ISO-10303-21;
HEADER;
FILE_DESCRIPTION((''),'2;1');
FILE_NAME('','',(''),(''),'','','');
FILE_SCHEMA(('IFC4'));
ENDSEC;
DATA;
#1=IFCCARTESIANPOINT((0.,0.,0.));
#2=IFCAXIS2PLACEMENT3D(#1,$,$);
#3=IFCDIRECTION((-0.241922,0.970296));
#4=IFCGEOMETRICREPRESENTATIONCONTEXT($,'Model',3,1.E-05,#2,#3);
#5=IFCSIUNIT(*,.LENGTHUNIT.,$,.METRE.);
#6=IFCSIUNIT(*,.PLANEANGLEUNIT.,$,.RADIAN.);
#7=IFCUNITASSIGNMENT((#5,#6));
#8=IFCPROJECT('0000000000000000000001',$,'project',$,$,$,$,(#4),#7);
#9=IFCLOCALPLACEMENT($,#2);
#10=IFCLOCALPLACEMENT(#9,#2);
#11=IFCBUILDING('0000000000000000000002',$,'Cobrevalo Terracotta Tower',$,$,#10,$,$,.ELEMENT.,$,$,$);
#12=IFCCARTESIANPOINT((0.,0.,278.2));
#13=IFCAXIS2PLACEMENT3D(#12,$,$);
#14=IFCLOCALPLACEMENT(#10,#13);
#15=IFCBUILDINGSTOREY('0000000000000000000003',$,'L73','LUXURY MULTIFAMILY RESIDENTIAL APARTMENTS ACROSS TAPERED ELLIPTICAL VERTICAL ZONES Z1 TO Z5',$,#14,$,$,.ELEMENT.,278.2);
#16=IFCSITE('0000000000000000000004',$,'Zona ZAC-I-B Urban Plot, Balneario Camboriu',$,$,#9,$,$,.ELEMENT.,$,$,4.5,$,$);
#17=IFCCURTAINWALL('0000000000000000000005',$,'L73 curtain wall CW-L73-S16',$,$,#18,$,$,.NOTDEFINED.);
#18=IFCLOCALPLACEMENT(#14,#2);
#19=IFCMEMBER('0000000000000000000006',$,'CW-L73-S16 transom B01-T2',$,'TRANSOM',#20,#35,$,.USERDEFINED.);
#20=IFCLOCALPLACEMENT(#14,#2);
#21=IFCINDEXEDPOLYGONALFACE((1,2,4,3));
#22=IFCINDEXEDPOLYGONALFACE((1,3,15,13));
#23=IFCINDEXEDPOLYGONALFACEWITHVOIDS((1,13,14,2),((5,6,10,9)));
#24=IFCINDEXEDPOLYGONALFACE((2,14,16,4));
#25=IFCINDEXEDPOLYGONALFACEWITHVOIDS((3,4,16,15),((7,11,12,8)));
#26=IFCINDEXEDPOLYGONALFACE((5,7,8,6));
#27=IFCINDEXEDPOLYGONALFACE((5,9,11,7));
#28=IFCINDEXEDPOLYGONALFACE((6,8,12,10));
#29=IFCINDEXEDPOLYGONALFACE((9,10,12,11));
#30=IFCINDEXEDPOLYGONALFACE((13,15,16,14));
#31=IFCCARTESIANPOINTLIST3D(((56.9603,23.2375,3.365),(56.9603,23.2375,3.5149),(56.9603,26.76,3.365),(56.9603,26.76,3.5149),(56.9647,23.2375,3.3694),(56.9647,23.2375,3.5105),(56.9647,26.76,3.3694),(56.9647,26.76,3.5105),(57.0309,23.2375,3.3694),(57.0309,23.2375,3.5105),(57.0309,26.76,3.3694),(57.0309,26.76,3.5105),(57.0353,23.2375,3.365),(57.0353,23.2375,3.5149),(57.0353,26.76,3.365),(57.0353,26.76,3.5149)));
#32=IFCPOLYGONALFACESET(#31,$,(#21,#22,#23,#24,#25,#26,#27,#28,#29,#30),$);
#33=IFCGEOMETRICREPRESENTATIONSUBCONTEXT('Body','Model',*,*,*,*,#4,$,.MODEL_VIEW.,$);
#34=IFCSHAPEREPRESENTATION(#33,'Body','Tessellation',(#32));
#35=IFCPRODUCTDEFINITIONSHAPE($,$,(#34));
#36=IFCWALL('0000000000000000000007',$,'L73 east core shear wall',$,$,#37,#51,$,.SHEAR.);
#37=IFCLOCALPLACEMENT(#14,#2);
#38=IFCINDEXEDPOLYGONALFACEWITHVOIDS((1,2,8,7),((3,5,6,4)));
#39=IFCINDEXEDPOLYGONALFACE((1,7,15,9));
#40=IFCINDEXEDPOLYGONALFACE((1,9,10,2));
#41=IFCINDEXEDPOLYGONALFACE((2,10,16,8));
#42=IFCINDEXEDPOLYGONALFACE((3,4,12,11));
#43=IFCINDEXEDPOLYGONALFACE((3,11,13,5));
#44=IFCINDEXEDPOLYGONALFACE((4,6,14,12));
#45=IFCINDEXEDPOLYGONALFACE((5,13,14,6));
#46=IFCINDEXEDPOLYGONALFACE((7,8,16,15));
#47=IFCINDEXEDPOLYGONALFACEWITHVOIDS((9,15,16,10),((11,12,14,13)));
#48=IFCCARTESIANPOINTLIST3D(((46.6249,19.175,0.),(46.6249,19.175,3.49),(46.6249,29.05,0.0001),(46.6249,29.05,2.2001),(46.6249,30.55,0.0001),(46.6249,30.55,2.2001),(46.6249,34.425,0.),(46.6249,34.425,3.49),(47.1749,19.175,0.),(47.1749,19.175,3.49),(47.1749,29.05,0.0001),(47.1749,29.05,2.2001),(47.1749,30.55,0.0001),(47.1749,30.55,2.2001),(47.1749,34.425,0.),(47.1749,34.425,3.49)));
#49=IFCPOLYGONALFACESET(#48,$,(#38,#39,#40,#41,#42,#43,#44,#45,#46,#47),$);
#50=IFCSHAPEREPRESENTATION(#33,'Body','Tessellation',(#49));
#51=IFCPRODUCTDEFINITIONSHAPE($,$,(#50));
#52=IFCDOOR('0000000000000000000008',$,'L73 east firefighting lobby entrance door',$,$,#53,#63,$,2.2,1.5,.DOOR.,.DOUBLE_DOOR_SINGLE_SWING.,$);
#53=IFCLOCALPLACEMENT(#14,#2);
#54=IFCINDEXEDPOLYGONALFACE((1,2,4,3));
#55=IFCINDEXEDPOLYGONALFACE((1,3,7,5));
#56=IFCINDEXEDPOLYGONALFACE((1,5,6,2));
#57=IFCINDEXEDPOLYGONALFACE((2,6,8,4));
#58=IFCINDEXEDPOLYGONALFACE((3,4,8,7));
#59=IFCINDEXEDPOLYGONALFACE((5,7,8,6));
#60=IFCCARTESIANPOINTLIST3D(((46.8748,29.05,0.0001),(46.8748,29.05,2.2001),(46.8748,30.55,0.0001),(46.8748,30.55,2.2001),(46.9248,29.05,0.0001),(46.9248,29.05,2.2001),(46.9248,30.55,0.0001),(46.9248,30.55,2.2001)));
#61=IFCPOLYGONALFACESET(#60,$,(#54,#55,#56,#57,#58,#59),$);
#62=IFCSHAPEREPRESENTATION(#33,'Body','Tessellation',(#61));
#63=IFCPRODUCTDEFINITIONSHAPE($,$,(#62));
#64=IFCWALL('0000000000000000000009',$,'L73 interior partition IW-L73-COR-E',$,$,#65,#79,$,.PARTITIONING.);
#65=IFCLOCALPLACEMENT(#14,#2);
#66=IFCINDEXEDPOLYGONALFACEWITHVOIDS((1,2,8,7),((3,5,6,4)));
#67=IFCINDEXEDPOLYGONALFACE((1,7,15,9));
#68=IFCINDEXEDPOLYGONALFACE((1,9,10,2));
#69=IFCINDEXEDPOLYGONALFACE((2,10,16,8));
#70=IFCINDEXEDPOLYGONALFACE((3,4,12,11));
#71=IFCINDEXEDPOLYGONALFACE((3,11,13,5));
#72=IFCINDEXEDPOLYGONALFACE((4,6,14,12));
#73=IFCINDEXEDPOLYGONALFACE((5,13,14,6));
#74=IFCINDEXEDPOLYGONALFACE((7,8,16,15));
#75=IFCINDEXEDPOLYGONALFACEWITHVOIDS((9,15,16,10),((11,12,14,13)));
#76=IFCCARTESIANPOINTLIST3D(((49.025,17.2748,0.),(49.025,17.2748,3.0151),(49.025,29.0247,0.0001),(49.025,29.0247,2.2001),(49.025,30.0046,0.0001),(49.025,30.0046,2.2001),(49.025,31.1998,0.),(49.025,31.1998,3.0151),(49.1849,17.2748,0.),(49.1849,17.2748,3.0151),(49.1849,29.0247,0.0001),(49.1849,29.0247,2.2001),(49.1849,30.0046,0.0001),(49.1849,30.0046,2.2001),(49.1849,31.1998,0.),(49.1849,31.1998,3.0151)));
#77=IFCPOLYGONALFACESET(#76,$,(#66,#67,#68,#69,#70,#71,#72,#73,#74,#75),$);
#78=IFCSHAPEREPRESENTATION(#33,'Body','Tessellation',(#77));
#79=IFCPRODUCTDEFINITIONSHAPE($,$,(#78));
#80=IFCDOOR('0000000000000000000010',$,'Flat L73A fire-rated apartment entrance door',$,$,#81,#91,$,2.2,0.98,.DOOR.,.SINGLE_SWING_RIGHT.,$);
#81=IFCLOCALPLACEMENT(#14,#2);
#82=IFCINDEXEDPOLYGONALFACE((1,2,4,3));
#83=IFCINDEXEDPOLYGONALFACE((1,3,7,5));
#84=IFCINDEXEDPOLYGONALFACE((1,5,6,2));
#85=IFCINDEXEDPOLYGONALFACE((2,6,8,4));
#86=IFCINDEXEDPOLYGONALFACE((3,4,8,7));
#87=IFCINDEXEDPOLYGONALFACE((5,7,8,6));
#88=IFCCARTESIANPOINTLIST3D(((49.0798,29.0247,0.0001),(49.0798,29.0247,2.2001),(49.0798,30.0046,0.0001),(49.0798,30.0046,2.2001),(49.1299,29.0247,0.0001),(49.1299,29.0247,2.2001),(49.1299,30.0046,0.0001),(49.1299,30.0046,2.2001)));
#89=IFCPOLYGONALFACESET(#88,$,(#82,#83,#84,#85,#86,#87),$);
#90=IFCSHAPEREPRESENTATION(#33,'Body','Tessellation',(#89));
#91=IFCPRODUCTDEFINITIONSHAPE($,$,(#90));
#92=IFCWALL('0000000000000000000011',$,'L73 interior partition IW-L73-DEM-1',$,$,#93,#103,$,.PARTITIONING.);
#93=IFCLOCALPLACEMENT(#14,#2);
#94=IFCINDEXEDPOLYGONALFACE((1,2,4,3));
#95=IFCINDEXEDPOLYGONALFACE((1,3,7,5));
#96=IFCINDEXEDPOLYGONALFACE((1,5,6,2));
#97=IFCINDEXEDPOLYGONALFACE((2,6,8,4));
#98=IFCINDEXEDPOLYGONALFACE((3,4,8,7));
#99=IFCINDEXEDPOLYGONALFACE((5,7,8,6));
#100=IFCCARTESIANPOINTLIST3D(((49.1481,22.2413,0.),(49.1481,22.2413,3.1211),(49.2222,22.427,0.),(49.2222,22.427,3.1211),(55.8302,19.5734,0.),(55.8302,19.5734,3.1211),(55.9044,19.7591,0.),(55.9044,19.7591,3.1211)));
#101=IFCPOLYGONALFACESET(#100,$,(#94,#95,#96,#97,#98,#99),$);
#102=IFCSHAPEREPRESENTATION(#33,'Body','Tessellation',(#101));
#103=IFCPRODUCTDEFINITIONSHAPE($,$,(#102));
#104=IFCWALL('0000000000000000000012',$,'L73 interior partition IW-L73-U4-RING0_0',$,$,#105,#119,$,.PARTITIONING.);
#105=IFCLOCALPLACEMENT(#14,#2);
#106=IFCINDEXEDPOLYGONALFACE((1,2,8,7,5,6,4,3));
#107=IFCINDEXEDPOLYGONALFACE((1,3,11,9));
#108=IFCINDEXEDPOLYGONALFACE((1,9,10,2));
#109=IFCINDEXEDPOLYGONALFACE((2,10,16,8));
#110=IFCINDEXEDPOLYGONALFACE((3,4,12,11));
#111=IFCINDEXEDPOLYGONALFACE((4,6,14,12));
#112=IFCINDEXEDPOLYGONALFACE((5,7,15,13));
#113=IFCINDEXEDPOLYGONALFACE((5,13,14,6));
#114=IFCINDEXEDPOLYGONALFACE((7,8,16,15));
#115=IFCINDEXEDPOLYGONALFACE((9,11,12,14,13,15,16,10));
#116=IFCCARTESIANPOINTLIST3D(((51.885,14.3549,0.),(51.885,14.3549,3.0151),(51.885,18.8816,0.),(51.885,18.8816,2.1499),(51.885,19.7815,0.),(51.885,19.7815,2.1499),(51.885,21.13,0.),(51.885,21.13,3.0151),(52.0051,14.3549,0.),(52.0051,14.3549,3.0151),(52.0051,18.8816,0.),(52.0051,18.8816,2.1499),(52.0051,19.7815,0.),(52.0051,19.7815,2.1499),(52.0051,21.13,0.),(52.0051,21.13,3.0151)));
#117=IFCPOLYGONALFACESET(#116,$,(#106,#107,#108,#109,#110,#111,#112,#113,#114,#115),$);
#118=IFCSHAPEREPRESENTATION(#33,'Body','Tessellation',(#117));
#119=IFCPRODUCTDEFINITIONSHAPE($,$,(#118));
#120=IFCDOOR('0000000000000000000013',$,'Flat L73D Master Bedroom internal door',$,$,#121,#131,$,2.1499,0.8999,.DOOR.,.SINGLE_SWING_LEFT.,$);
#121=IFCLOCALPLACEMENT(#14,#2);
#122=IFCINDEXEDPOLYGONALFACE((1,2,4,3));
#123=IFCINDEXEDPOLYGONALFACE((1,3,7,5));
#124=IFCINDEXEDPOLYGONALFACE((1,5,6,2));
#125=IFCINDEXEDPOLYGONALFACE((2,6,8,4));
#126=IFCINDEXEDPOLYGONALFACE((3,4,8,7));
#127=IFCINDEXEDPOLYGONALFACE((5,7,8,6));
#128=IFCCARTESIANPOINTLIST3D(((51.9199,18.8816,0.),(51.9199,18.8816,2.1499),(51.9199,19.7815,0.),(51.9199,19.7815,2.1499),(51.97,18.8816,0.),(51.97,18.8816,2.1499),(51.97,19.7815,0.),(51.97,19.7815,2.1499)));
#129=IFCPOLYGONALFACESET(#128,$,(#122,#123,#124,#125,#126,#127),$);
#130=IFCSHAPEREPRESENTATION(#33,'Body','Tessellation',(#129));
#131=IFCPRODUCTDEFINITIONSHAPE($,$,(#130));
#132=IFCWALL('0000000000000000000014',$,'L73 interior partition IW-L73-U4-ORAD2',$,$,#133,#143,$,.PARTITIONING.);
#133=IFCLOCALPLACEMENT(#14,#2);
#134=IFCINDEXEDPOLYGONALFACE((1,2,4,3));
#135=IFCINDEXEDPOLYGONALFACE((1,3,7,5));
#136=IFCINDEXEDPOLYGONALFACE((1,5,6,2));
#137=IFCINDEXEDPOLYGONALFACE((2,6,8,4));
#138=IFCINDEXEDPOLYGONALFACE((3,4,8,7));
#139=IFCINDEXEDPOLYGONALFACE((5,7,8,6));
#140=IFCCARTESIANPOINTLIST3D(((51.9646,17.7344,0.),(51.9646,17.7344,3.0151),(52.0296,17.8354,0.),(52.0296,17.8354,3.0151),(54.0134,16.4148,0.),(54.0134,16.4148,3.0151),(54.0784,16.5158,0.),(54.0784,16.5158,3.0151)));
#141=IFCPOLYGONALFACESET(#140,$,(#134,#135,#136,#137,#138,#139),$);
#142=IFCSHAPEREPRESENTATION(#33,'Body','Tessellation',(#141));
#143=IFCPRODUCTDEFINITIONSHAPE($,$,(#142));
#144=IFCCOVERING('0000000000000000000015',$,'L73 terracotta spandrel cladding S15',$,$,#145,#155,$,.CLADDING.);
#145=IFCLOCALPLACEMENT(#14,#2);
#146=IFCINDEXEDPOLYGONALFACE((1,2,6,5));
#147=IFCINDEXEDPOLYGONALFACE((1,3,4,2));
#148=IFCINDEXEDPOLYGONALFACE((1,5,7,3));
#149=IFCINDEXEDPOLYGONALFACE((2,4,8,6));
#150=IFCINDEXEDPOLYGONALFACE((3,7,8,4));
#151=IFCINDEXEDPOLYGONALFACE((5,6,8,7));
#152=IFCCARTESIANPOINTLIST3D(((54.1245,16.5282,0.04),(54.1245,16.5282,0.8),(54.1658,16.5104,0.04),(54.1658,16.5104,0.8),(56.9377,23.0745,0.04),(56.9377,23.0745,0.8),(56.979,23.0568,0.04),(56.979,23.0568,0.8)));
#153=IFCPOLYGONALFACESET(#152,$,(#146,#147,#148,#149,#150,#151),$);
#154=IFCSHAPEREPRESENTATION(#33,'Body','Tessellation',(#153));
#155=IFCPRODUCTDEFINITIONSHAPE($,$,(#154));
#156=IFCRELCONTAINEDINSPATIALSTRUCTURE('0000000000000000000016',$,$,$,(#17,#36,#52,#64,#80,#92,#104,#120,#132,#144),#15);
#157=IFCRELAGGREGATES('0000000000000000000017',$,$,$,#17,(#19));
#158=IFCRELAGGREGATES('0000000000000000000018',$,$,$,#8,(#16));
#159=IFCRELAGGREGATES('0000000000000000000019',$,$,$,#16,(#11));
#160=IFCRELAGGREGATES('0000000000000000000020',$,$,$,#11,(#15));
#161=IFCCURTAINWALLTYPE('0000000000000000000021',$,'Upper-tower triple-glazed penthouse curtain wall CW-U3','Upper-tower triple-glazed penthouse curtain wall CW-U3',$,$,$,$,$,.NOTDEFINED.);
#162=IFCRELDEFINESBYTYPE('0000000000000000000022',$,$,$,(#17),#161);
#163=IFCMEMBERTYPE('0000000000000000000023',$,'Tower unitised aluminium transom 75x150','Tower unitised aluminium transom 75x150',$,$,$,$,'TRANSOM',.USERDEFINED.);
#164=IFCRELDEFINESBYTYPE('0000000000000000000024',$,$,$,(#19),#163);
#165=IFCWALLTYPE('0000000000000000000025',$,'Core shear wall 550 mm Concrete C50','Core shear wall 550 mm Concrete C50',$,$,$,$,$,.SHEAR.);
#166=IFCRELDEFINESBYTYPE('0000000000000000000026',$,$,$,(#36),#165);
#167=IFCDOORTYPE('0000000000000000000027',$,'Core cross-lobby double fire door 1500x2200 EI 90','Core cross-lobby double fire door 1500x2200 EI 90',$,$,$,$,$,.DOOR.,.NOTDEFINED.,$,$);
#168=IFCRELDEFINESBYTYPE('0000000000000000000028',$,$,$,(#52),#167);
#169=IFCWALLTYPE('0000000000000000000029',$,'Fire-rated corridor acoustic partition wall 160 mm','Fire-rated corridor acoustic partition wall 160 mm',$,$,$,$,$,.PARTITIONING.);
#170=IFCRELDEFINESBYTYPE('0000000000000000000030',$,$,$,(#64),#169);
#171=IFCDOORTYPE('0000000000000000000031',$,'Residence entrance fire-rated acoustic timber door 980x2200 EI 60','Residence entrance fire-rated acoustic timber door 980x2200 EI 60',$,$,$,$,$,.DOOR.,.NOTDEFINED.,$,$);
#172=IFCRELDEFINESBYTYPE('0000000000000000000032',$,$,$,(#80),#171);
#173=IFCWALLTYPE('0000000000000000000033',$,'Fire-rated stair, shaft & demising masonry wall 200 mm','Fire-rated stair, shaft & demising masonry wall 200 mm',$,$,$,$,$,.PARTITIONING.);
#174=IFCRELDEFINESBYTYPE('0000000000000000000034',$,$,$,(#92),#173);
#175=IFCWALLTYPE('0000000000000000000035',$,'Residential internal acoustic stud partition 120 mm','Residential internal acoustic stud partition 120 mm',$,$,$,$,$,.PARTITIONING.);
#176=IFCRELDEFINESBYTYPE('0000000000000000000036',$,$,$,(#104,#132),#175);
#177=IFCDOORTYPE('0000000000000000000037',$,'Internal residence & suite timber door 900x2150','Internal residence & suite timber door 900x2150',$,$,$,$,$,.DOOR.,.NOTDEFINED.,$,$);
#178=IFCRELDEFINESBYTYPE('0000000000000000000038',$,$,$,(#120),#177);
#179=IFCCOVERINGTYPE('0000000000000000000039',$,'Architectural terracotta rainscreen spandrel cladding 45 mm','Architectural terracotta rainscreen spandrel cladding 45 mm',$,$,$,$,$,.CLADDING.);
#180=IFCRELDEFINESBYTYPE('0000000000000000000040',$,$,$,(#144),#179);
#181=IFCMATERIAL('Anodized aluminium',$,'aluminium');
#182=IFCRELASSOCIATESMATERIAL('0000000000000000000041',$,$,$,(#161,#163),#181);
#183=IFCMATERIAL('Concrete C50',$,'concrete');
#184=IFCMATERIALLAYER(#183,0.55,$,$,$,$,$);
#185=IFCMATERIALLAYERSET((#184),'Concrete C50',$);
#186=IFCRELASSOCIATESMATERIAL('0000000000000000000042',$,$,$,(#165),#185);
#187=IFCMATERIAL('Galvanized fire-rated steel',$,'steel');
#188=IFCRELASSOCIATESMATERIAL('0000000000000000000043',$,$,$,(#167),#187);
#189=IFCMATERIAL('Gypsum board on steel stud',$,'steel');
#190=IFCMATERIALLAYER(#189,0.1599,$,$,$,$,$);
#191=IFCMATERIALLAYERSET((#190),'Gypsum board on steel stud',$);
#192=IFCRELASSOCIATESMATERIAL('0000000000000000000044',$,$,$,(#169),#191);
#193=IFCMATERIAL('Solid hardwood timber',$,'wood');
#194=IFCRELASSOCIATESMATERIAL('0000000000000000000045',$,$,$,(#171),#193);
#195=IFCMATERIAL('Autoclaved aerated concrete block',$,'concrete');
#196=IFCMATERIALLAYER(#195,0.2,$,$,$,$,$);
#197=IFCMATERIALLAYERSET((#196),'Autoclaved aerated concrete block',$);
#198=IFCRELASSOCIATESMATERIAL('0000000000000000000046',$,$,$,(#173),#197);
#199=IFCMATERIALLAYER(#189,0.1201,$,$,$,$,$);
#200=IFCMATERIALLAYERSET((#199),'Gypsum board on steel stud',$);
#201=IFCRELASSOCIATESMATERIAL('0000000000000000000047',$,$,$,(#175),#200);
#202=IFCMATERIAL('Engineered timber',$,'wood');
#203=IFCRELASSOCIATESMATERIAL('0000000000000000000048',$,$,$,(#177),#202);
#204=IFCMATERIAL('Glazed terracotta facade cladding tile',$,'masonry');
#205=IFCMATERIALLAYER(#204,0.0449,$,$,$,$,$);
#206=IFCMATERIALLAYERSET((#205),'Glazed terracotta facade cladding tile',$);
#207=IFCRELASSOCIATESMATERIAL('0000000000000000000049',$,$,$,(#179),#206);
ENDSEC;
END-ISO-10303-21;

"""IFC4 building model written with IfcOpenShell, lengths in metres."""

from ifc_helpers import new_model, si_unit, direction, frame, frame_2d, origin, origin_2d, place, context, subcontext, project, spatial, rectangle, hollow_rectangle, extrude, source, transform, mapped, material, layer, layer_set, material_profile, profile_set, type_object, element, fill, aggregate, save


model = new_model("IFC4")

# Units and contexts
model_context = context("Model", 3, precision=1e-05, world=origin(), true_north=direction((-0.241922, 0.970296)))
body_context = subcontext(model_context, "Body", "Model", "MODEL_VIEW")
ifc_project = project(units=[si_unit("LENGTHUNIT", "METRE"), si_unit("PLANEANGLEUNIT", "RADIAN")], contexts=[model_context])

# Site, building, storey
site_placement = place(None, origin())
site = spatial("IfcSite", under=ifc_project, at=site_placement, Name="Zona ZAC-I-B Urban Plot, Balneario Camboriu", CompositionType="ELEMENT", RefElevation=4.5)
building_placement = place(site_placement, origin())
building = spatial("IfcBuilding", under=site, at=building_placement, Name="Cobrevalo Terracotta Tower", CompositionType="ELEMENT")
storey_placement = place(building_placement, frame((0.0, 0.0, 278.2)))
storey = spatial("IfcBuildingStorey", under=building, at=storey_placement, Name="L73", Description="LUXURY MULTIFAMILY RESIDENTIAL APARTMENTS ACROSS TAPERED ELLIPTICAL VERTICAL ZONES Z1 TO Z5", CompositionType="ELEMENT", Elevation=278.2)

# Shared definitions
ifc_material_1 = material(Name="Concrete C50", Category="concrete")

# Curtain wall, member
ifc_material_2 = material(Name="Anodized aluminium", Category="aluminium")
curtain_wall_type = type_object("IfcCurtainWallType", Name="Upper-tower triple-glazed penthouse curtain wall CW-U3", Description="Upper-tower triple-glazed penthouse curtain wall CW-U3", PredefinedType="NOTDEFINED", material=ifc_material_2)
curtain_wall_placement = place(storey_placement, origin())
curtain_wall = element("IfcCurtainWall", 1, at=curtain_wall_placement, inside=storey, type_object=curtain_wall_type, Name="L73 curtain wall CW-L73-S16", PredefinedType="NOTDEFINED")
ifc_material_profile_1 = material_profile(ifc_material_2, hollow_rectangle(XDim=0.075, YDim=0.1499, WallThickness=0.0044, at=origin_2d()), Name="CWT 75x150")
ifc_profile_set_1 = profile_set([ifc_material_profile_1], Name="Anodized aluminium")
member_type_1 = type_object("IfcMemberType", Name="Tower unitised aluminium transom 75x150", Description="Tower unitised aluminium transom 75x150", ElementType="TRANSOM", PredefinedType="USERDEFINED", material=ifc_profile_set_1)
shared_shape_1 = source(origin(), body_context, "Body", "SweptSolid", [
    extrude(hollow_rectangle(XDim=0.075, YDim=0.1499, WallThickness=0.0044, at=origin_2d()), origin(), (0.0, 0.0, 1.0), 3.5225),
])
member_1_placement = place(storey_placement, frame((56.9978, 23.2375, 3.4399), z_axis=(0.0, 1.0, 0.0), x_axis=(-1.0, 0.0, 0.0)))
member_1 = element("IfcMember", 2, at=member_1_placement, type_object=member_type_1, Name="CW-L73-S16 transom B01-T2", ObjectType="TRANSOM", PredefinedType="USERDEFINED", context=body_context, shape_type="MappedRepresentation", body=[
    mapped(shared_shape_1, transform((0.0, 0.0, 0.0), scale=1.0)),
])
aggregate(curtain_wall, [member_1])

# Walls, openings, doors
ifc_layer_1 = layer(ifc_material_1, 0.55)
ifc_layer_set_1 = layer_set([ifc_layer_1], Name="Concrete C50")
wall_type_1 = type_object("IfcWallType", Name="Core shear wall 550 mm Concrete C50", Description="Core shear wall 550 mm Concrete C50", PredefinedType="SHEAR", material=ifc_layer_set_1)
wall_1_placement = place(storey_placement, frame((46.8999, 19.175, 0.0), z_axis=(0.0, 0.0, 1.0), x_axis=(0.0, 1.0, 0.0)))
wall_1 = element("IfcWall", 3, at=wall_1_placement, inside=storey, type_object=wall_type_1, Name="L73 east core shear wall", PredefinedType="SHEAR", context=body_context, shape_type="SweptSolid", body=[
    extrude(rectangle(XDim=15.25, YDim=0.55, at=frame_2d((7.625, 0.0))), origin(), (0.0, 0.0, 1.0), 3.49),
])
opening_1_placement = place(wall_1_placement, frame((9.875, 0.0, 0.0)))
opening_1 = element("IfcOpeningElement", 4, at=opening_1_placement, cuts=wall_1, PredefinedType="OPENING", context=body_context, shape_type="SweptSolid", body=[
    extrude(rectangle(XDim=1.5, YDim=2.2, at=frame_2d((0.75, 1.1001))), frame((0.0, 0.2852, 0.0), z_axis=(0.0, -1.0, 0.0), x_axis=(1.0, 0.0, 0.0)), (0.0, 0.0, 1.0), 0.5701),
])
ifc_material_3 = material(Name="Galvanized fire-rated steel", Category="steel")
door_type_1 = type_object("IfcDoorType", Name="Core cross-lobby double fire door 1500x2200 EI 90", Description="Core cross-lobby double fire door 1500x2200 EI 90", OperationType="NOTDEFINED", PredefinedType="DOOR", material=ifc_material_3)
shared_shape_2 = source(origin(), body_context, "Body", "SweptSolid", [
    extrude(rectangle(XDim=1.5, YDim=2.2, at=frame_2d((0.75, 1.1001))), frame((0.0, 0.0249, 0.0), z_axis=(0.0, -1.0, 0.0), x_axis=(1.0, 0.0, 0.0)), (0.0, 0.0, 1.0), 0.05),
])
door_1_placement = place(opening_1_placement, frame((1.5, 0.0, 0.0), z_axis=(0.0, 0.0, 1.0), x_axis=(-1.0, 0.0, 0.0)))
door_1 = element("IfcDoor", 5, at=door_1_placement, inside=storey, type_object=door_type_1, Name="L73 east firefighting lobby entrance door", OperationType="DOUBLE_DOOR_SINGLE_SWING", OverallHeight=2.2, OverallWidth=1.5, PredefinedType="DOOR", context=body_context, shape_type="MappedRepresentation", body=[
    mapped(shared_shape_2, transform((0.0, 0.0, 0.0), scale=1.0)),
])
fill(opening_1, door_1)
ifc_material_4 = material(Name="Gypsum board on steel stud", Category="steel")
ifc_layer_2 = layer(ifc_material_4, 0.1599)
ifc_layer_set_2 = layer_set([ifc_layer_2], Name="Gypsum board on steel stud")
wall_type_2 = type_object("IfcWallType", Name="Fire-rated corridor acoustic partition wall 160 mm", Description="Fire-rated corridor acoustic partition wall 160 mm", PredefinedType="PARTITIONING", material=ifc_layer_set_2)
wall_2_placement = place(storey_placement, frame((49.105, 17.2749, 0.0), z_axis=(0.0, 0.0, 1.0), x_axis=(0.0, 1.0, 0.0)))
wall_2 = element("IfcWall", 6, at=wall_2_placement, inside=storey, type_object=wall_type_2, Name="L73 interior partition IW-L73-COR-E", PredefinedType="PARTITIONING", context=body_context, shape_type="SweptSolid", body=[
    extrude(rectangle(XDim=13.925, YDim=0.1599, at=frame_2d((6.9624, 0.0))), origin(), (0.0, 0.0, 1.0), 3.0151),
])
opening_2_placement = place(wall_2_placement, frame((11.7498, 0.0, 0.0)))
opening_2 = element("IfcOpeningElement", 7, at=opening_2_placement, cuts=wall_2, PredefinedType="OPENING", context=body_context, shape_type="SweptSolid", body=[
    extrude(rectangle(XDim=0.98, YDim=2.2, at=frame_2d((0.49, 1.1001))), frame((0.0, 0.0898, 0.0), z_axis=(0.0, -1.0, 0.0), x_axis=(1.0, 0.0, 0.0)), (0.0, 0.0, 1.0), 0.1799),
])
ifc_material_5 = material(Name="Solid hardwood timber", Category="wood")
door_type_2 = type_object("IfcDoorType", Name="Residence entrance fire-rated acoustic timber door 980x2200 EI 60", Description="Residence entrance fire-rated acoustic timber door 980x2200 EI 60", OperationType="NOTDEFINED", PredefinedType="DOOR", material=ifc_material_5)
shared_shape_3 = source(origin(), body_context, "Body", "SweptSolid", [
    extrude(rectangle(XDim=0.98, YDim=2.2, at=frame_2d((0.49, 1.1001))), frame((0.0, 0.0249, 0.0), z_axis=(0.0, -1.0, 0.0), x_axis=(1.0, 0.0, 0.0)), (0.0, 0.0, 1.0), 0.05),
])
door_2_placement = place(opening_2_placement, frame((0.98, 0.0, 0.0), z_axis=(0.0, 0.0, 1.0), x_axis=(-1.0, 0.0, 0.0)))
door_2 = element("IfcDoor", 8, at=door_2_placement, inside=storey, type_object=door_type_2, Name="Flat L73A fire-rated apartment entrance door", OperationType="SINGLE_SWING_RIGHT", OverallHeight=2.2, OverallWidth=0.98, PredefinedType="DOOR", context=body_context, shape_type="MappedRepresentation", body=[
    mapped(shared_shape_3, transform((0.0, 0.0, 0.0), scale=1.0)),
])
fill(opening_2, door_2)

# Wall
ifc_material_6 = material(Name="Autoclaved aerated concrete block", Category="concrete")
ifc_layer_3 = layer(ifc_material_6, 0.2)
ifc_layer_set_3 = layer_set([ifc_layer_3], Name="Autoclaved aerated concrete block")
wall_type_3 = type_object("IfcWallType", Name="Fire-rated stair, shaft & demising masonry wall 200 mm", Description="Fire-rated stair, shaft & demising masonry wall 200 mm", PredefinedType="PARTITIONING", material=ifc_layer_set_3)
wall_3_placement = place(storey_placement, frame((49.1851, 22.3342, 0.0), z_axis=(0.0, 0.0, 1.0), x_axis=(0.928711, -0.370806, 0.0)))
element("IfcWall", 9, at=wall_3_placement, inside=storey, type_object=wall_type_3, Name="L73 interior partition IW-L73-DEM-1", PredefinedType="PARTITIONING", context=body_context, shape_type="SweptSolid", body=[
    extrude(rectangle(XDim=7.1951, YDim=0.2, at=frame_2d((3.5977, 0.0))), origin(), (0.0, 0.0, 1.0), 3.1211),
])

# Wall, opening, door
ifc_layer_4 = layer(ifc_material_4, 0.1201)
ifc_layer_set_4 = layer_set([ifc_layer_4], Name="Gypsum board on steel stud")
wall_type_4 = type_object("IfcWallType", Name="Residential internal acoustic stud partition 120 mm", Description="Residential internal acoustic stud partition 120 mm", PredefinedType="PARTITIONING", material=ifc_layer_set_4)
wall_4_placement = place(storey_placement, frame((51.9451, 21.1301, 0.0), z_axis=(0.0, 0.0, 1.0), x_axis=(0.0, -1.0, 0.0)))
wall_4 = element("IfcWall", 10, at=wall_4_placement, inside=storey, type_object=wall_type_4, Name="L73 interior partition IW-L73-U4-RING0_0", PredefinedType="PARTITIONING", context=body_context, shape_type="SweptSolid", body=[
    extrude(rectangle(XDim=6.7751, YDim=0.1201, at=frame_2d((3.3877, 0.0))), origin(), (0.0, 0.0, 1.0), 3.0151),
])
opening_3_placement = place(wall_4_placement, frame((1.3486, 0.0, 0.0)))
opening_3 = element("IfcOpeningElement", 11, at=opening_3_placement, cuts=wall_4, PredefinedType="OPENING", context=body_context, shape_type="SweptSolid", body=[
    extrude(rectangle(XDim=0.8999, YDim=2.1499, at=frame_2d((0.45, 1.075))), frame((0.0, 0.0701, 0.0), z_axis=(0.0, -1.0, 0.0), x_axis=(1.0, 0.0, 0.0)), (0.0, 0.0, 1.0), 0.1401),
])
ifc_material_7 = material(Name="Engineered timber", Category="wood")
door_type_3 = type_object("IfcDoorType", Name="Internal residence & suite timber door 900x2150", Description="Internal residence & suite timber door 900x2150", OperationType="NOTDEFINED", PredefinedType="DOOR", material=ifc_material_7)
shared_shape_4 = source(origin(), body_context, "Body", "SweptSolid", [
    extrude(rectangle(XDim=0.8999, YDim=2.1499, at=frame_2d((0.45, 1.075))), frame((0.0, 0.0249, 0.0), z_axis=(0.0, -1.0, 0.0), x_axis=(1.0, 0.0, 0.0)), (0.0, 0.0, 1.0), 0.05),
])
door_3_placement = place(opening_3_placement, origin())
door_3 = element("IfcDoor", 12, at=door_3_placement, inside=storey, type_object=door_type_3, Name="Flat L73D Master Bedroom internal door", OperationType="SINGLE_SWING_LEFT", OverallHeight=2.1499, OverallWidth=0.8999, PredefinedType="DOOR", context=body_context, shape_type="MappedRepresentation", body=[
    mapped(shared_shape_4, transform((0.0, 0.0, 0.0), scale=1.0)),
])
fill(opening_3, door_3)

# Wall
wall_5_placement = place(storey_placement, frame((51.9971, 17.7849, 0.0), z_axis=(0.0, 0.0, 1.0), x_axis=(0.840716, -0.541476, 0.0)))
element("IfcWall", 13, at=wall_5_placement, inside=storey, type_object=wall_type_4, Name="L73 interior partition IW-L73-U4-ORAD2", PredefinedType="PARTITIONING", context=body_context, shape_type="SweptSolid", body=[
    extrude(rectangle(XDim=2.437, YDim=0.1201, at=frame_2d((1.2185, 0.0))), origin(), (0.0, 0.0, 1.0), 3.0151),
])

# Covering
ifc_material_8 = material(Name="Glazed terracotta facade cladding tile", Category="masonry")
ifc_layer_5 = layer(ifc_material_8, 0.0449)
ifc_layer_set_5 = layer_set([ifc_layer_5], Name="Glazed terracotta facade cladding tile")
covering_type = type_object("IfcCoveringType", Name="Architectural terracotta rainscreen spandrel cladding 45 mm", Description="Architectural terracotta rainscreen spandrel cladding 45 mm", PredefinedType="CLADDING", material=ifc_layer_set_5)
shared_shape_5 = source(origin(), body_context, "Body", "SweptSolid", [
    extrude(rectangle(XDim=7.1252, YDim=0.0449, at=origin_2d()), origin(), (0.0, 0.0, 1.0), 0.76),
])
covering_placement = place(storey_placement, frame((55.5518, 19.7925, 0.04), z_axis=(0.0, 0.0, 1.0), x_axis=(0.394829, 0.918755, 0.0)))
element("IfcCovering", 14, at=covering_placement, inside=storey, type_object=covering_type, Name="L73 terracotta spandrel cladding S15", PredefinedType="CLADDING", context=body_context, shape_type="MappedRepresentation", body=[
    mapped(shared_shape_5, transform((0.0, 0.0, 0.0), scale=1.0)),
])

save(model, "model.ifc")
